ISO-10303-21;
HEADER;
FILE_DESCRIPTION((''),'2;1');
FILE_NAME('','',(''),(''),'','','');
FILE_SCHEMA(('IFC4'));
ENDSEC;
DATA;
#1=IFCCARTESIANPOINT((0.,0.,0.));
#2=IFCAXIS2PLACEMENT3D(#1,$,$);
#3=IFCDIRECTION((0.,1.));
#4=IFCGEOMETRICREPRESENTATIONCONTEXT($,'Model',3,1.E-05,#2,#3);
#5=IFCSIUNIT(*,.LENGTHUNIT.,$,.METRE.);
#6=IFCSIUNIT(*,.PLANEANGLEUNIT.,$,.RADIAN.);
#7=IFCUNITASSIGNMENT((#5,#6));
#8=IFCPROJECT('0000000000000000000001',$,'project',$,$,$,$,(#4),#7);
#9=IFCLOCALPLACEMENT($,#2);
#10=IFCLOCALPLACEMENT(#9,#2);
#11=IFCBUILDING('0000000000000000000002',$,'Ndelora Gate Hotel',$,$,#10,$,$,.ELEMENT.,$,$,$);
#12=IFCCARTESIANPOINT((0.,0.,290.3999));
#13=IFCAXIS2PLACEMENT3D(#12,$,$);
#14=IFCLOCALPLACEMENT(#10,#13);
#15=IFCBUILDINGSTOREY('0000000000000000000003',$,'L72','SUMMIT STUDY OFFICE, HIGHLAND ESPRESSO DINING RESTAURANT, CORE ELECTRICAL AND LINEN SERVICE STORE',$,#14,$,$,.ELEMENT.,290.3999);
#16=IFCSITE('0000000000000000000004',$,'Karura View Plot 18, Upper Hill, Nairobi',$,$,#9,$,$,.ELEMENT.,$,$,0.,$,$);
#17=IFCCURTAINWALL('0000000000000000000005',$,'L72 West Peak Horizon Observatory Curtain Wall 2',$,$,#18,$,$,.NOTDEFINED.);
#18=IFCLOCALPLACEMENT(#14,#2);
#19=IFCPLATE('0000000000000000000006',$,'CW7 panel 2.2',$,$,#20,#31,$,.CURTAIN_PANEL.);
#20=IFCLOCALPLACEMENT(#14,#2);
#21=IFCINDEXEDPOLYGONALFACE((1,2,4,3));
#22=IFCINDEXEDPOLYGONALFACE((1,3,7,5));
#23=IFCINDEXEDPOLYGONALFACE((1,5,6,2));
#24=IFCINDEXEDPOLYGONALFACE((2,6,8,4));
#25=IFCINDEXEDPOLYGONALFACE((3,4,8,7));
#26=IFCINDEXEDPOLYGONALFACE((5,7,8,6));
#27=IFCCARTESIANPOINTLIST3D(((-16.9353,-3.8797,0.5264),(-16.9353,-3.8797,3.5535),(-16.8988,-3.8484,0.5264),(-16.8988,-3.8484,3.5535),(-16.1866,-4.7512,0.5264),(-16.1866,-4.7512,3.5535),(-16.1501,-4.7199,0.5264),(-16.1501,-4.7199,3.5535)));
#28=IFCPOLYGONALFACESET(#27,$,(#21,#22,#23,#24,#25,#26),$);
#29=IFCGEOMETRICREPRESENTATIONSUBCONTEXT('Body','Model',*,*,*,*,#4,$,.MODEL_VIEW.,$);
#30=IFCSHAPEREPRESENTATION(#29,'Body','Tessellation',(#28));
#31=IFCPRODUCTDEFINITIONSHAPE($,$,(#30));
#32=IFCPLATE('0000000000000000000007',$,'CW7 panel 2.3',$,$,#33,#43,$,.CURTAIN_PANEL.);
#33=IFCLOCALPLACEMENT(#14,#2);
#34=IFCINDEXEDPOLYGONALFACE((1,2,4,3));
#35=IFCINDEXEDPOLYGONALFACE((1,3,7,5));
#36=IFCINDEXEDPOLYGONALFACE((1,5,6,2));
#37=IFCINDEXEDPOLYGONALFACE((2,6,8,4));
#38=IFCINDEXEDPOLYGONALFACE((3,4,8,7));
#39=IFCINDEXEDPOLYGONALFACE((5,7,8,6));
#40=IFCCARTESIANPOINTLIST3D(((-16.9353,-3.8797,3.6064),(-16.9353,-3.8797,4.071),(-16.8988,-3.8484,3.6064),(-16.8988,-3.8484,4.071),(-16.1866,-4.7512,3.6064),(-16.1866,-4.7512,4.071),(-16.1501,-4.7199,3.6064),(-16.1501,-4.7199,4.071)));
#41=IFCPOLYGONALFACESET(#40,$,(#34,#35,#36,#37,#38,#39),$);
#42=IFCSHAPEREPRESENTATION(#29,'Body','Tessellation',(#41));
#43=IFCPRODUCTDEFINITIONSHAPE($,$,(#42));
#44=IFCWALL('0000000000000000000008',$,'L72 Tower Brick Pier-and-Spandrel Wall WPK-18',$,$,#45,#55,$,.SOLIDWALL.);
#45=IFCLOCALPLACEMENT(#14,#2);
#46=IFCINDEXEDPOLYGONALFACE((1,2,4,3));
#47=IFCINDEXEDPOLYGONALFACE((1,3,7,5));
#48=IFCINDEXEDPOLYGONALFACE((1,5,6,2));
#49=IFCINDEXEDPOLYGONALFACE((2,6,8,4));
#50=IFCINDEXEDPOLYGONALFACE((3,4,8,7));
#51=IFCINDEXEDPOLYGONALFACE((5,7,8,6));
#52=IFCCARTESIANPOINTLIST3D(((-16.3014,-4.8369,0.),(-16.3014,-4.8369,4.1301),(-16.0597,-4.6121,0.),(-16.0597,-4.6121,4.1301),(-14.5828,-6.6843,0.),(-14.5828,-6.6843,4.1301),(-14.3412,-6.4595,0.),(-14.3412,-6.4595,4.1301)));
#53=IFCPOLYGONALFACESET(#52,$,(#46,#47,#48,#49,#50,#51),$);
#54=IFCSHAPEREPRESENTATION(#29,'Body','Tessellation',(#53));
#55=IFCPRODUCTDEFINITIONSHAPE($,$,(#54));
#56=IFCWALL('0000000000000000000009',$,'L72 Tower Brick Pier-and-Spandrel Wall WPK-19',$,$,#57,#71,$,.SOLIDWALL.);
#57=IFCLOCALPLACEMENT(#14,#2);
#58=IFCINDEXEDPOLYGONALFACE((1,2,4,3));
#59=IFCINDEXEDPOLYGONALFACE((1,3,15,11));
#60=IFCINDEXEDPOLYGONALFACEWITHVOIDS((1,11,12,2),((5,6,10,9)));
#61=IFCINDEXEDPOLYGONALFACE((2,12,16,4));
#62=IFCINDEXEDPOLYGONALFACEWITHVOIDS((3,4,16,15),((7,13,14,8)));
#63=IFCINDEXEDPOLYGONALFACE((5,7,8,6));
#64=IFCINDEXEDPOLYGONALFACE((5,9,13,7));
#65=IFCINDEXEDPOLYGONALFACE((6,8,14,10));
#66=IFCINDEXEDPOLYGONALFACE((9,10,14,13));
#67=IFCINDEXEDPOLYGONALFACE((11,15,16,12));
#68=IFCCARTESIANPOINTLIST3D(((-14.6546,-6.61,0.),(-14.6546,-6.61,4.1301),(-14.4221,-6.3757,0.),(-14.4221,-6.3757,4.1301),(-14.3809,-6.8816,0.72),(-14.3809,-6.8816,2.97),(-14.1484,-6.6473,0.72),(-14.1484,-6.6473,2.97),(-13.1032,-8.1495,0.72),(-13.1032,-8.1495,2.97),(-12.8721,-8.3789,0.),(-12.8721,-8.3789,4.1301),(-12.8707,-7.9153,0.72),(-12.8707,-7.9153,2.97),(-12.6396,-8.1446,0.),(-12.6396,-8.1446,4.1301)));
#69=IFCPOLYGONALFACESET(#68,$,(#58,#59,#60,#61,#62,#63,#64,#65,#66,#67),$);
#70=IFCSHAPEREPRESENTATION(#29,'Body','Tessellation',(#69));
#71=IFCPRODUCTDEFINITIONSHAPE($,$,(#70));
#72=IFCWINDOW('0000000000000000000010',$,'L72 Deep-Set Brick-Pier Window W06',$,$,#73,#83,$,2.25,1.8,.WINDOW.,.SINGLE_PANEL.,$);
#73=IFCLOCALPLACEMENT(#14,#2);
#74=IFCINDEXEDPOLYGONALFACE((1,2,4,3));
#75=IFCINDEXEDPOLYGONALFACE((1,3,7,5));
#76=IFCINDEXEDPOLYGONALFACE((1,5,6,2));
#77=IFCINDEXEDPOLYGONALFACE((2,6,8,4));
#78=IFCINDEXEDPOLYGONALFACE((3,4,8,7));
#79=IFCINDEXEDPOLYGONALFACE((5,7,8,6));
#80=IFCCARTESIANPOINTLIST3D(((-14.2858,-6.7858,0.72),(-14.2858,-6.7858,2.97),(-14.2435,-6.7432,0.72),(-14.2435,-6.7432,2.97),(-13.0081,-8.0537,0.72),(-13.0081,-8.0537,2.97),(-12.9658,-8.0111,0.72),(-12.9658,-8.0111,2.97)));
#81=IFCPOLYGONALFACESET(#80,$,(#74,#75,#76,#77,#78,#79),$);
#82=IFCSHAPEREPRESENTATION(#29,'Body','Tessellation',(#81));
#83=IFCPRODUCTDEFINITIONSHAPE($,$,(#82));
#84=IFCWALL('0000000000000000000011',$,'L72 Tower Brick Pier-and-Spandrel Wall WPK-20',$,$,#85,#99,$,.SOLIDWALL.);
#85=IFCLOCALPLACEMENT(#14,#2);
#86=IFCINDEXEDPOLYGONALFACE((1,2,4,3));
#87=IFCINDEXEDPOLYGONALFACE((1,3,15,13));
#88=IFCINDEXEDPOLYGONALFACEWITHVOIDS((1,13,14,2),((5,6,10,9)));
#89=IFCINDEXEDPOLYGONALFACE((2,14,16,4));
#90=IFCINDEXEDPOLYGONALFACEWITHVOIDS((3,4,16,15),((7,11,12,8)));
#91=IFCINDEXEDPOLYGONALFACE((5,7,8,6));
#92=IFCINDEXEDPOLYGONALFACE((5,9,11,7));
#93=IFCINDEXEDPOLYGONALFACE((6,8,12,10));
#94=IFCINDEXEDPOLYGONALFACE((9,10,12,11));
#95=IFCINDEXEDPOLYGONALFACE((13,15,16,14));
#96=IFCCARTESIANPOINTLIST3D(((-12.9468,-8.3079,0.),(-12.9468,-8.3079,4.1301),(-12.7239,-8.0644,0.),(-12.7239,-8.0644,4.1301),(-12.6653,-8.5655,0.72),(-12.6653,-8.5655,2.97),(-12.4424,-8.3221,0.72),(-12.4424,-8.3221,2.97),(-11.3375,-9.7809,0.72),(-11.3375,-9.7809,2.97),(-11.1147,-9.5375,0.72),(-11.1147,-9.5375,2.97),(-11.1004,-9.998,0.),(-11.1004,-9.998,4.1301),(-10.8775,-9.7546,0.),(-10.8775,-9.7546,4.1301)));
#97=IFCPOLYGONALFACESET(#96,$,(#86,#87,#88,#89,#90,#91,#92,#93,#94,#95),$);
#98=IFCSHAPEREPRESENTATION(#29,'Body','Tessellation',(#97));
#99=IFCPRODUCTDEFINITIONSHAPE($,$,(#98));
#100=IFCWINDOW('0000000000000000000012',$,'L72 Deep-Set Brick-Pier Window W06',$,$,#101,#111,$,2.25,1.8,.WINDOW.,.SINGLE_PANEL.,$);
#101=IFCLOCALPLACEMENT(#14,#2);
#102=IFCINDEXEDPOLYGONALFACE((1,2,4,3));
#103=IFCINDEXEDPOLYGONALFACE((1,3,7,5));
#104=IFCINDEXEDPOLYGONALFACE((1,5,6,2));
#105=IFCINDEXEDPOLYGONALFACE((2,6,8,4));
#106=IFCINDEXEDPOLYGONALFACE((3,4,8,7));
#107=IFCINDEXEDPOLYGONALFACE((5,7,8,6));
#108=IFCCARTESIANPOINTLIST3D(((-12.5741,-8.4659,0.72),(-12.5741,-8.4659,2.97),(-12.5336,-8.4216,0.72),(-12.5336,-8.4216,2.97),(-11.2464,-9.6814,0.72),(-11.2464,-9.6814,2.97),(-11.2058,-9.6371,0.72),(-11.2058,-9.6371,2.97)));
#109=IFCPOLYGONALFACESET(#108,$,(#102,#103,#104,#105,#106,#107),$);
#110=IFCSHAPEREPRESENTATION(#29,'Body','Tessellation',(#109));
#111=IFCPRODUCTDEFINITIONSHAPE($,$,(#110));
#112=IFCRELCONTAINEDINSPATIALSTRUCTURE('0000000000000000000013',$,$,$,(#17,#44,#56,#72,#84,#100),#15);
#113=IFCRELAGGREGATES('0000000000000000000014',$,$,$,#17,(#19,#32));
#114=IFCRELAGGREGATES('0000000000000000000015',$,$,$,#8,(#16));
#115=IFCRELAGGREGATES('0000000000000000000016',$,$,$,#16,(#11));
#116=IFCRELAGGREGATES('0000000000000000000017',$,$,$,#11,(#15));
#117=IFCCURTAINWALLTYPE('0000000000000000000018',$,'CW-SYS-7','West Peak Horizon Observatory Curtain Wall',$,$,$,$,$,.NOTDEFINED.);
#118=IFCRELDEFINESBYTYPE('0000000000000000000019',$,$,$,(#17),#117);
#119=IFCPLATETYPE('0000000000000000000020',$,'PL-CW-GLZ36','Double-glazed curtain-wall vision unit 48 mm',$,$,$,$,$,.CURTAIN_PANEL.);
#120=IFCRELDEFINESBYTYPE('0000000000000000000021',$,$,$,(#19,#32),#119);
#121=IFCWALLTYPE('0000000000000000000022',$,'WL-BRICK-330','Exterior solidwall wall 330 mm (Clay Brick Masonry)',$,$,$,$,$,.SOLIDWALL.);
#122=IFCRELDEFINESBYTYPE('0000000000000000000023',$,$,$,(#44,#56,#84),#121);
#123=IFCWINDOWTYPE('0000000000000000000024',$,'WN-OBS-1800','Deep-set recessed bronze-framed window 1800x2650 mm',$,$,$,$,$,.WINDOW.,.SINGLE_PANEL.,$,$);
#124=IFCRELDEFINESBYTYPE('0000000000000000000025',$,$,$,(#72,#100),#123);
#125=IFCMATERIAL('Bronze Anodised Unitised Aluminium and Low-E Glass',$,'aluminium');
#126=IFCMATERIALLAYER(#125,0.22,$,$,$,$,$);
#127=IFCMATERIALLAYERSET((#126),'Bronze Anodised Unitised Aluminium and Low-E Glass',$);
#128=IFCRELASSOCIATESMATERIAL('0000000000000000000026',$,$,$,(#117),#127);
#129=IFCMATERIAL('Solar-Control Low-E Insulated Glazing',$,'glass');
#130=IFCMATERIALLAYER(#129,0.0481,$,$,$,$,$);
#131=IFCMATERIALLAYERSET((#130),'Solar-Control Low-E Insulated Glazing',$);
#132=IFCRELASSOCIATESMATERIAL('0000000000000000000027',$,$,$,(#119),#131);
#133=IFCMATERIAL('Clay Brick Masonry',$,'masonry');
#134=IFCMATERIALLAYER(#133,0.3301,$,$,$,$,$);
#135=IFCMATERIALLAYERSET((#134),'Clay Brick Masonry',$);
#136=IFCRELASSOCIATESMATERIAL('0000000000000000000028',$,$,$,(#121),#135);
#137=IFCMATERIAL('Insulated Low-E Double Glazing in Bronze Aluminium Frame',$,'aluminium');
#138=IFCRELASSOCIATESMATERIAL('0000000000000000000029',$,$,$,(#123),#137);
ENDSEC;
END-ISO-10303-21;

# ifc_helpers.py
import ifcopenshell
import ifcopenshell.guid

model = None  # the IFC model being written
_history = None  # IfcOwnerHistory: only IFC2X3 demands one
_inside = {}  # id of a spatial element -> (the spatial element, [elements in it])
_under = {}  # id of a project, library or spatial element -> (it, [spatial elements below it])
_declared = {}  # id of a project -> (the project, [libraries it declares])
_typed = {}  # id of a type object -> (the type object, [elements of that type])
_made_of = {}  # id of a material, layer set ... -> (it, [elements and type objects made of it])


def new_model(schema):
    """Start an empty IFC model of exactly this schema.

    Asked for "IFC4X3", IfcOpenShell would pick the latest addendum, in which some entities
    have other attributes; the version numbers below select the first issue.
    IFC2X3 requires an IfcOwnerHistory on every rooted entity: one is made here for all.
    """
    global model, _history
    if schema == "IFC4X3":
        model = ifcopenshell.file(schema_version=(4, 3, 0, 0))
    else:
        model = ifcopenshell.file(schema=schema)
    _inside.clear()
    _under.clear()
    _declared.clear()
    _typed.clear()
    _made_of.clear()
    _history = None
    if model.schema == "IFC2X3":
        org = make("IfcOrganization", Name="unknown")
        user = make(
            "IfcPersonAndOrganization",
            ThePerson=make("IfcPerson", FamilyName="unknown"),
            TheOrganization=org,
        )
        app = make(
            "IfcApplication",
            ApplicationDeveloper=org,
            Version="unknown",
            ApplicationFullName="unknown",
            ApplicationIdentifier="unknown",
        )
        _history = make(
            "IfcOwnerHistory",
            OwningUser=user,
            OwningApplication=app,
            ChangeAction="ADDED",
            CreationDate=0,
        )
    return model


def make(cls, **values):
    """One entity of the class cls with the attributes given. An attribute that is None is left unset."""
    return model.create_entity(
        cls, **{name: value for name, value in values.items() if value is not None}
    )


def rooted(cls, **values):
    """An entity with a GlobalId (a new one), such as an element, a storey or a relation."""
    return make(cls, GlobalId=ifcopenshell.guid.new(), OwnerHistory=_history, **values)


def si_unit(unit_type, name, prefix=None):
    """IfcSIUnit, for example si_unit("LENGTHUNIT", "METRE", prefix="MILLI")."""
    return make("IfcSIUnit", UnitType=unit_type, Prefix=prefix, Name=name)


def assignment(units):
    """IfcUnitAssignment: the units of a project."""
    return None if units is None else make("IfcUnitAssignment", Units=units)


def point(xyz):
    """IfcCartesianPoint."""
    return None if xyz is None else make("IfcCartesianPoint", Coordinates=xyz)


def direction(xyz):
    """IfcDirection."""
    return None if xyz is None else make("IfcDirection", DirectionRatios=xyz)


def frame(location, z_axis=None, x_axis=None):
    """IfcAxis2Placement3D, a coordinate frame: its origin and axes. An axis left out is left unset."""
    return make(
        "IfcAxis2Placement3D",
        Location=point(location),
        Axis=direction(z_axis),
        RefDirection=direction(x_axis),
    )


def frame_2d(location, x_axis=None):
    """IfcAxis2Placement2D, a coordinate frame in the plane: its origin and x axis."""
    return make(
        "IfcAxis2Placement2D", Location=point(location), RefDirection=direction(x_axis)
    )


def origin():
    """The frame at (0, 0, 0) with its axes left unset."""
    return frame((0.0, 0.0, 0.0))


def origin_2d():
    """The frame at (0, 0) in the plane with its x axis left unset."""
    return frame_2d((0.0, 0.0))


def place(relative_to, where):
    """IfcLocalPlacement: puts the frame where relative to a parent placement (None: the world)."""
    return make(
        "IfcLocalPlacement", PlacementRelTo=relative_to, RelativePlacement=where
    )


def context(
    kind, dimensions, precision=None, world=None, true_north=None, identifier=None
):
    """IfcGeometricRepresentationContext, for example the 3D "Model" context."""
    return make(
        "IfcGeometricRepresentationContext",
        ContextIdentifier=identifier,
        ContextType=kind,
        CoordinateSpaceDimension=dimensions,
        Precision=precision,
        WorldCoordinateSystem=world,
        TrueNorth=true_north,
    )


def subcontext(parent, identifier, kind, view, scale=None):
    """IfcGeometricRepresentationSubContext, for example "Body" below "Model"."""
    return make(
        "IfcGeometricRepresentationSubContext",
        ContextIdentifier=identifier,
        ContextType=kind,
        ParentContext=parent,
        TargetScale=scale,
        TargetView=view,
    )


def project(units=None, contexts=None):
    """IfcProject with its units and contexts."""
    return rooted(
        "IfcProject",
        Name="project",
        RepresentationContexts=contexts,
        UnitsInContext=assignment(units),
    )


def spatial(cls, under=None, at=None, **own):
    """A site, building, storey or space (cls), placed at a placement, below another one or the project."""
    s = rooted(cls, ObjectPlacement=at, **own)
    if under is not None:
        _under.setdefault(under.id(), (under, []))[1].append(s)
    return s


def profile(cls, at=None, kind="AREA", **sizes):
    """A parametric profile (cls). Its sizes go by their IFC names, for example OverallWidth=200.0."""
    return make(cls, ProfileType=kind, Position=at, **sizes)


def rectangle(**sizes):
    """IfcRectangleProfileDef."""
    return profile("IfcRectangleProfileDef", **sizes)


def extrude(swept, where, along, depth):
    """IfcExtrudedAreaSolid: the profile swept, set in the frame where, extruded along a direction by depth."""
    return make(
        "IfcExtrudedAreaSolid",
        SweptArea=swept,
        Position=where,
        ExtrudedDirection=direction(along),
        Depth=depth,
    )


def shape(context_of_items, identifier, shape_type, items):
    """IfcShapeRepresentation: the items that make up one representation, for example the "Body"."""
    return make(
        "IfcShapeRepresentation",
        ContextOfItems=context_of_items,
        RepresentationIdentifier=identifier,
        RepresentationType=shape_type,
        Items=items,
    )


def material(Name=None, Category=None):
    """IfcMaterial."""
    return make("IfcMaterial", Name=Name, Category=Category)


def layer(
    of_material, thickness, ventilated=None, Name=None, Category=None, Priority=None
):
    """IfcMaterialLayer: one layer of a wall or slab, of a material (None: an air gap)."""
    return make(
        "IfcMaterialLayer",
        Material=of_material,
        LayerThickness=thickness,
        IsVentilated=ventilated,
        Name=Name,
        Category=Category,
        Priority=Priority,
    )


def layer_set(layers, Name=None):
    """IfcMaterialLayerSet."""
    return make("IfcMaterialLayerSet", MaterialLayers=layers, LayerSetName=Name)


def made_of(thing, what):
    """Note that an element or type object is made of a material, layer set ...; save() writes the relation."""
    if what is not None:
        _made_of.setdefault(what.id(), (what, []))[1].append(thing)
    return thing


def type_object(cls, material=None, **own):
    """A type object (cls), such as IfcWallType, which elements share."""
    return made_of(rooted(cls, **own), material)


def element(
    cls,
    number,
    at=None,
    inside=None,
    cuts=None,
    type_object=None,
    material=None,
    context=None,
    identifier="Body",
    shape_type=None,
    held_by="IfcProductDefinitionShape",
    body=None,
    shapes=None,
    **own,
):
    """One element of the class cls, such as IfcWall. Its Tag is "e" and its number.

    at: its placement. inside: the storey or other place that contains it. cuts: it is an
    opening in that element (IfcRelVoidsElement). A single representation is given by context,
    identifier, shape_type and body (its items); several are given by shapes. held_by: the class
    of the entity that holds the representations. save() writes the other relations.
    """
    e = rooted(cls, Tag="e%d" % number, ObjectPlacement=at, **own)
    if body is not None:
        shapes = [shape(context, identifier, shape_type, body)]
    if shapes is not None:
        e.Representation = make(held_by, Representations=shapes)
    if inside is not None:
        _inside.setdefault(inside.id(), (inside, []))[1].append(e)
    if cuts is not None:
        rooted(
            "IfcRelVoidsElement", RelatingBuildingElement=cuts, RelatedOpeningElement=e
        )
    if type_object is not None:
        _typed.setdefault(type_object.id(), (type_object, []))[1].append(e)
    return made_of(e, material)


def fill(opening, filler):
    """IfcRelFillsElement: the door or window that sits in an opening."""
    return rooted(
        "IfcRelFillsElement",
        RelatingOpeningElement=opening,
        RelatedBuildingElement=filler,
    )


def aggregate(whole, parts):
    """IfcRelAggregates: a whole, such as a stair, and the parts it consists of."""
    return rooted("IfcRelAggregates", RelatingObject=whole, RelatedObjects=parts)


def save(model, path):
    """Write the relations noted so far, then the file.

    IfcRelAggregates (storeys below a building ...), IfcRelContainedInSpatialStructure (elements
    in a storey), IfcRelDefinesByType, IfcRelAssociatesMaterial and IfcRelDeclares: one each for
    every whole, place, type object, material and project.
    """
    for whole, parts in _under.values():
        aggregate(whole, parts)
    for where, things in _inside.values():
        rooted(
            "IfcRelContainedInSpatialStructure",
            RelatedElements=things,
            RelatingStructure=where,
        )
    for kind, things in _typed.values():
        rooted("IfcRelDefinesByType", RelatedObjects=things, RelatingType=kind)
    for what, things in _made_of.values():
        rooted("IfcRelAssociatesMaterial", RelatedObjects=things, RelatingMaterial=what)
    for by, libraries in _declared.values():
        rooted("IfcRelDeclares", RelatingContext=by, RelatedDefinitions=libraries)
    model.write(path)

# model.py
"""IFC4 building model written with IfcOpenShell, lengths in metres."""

from ifc_helpers import new_model, si_unit, direction, frame, frame_2d, origin, origin_2d, place, context, subcontext, project, spatial, rectangle, extrude, material, layer, layer_set, type_object, element, fill, aggregate, save


model = new_model("IFC4")

# Units and contexts
model_context = context("Model", 3, precision=1e-05, world=origin(), true_north=direction((0.0, 1.0)))
body_context = subcontext(model_context, "Body", "Model", "MODEL_VIEW")
ifc_project = project(units=[si_unit("LENGTHUNIT", "METRE"), si_unit("PLANEANGLEUNIT", "RADIAN")], contexts=[model_context])

# Site, building, storey
site_placement = place(None, origin())
site = spatial("IfcSite", under=ifc_project, at=site_placement, Name="Karura View Plot 18, Upper Hill, Nairobi", CompositionType="ELEMENT", RefElevation=0.0)
building_placement = place(site_placement, origin())
building = spatial("IfcBuilding", under=site, at=building_placement, Name="Ndelora Gate Hotel", CompositionType="ELEMENT")
storey_placement = place(building_placement, frame((0.0, 0.0, 290.3999)))
storey = spatial("IfcBuildingStorey", under=building, at=storey_placement, Name="L72", Description="SUMMIT STUDY OFFICE, HIGHLAND ESPRESSO DINING RESTAURANT, CORE ELECTRICAL AND LINEN SERVICE STORE", CompositionType="ELEMENT", Elevation=290.3999)

# Curtain wall, plates
ifc_material_1 = material(Name="Bronze Anodised Unitised Aluminium and Low-E Glass", Category="aluminium")
ifc_layer_1 = layer(ifc_material_1, 0.22)
ifc_layer_set_1 = layer_set([ifc_layer_1], Name="Bronze Anodised Unitised Aluminium and Low-E Glass")
curtain_wall_type = type_object("IfcCurtainWallType", Name="CW-SYS-7", Description="West Peak Horizon Observatory Curtain Wall", PredefinedType="NOTDEFINED", material=ifc_layer_set_1)
curtain_wall_placement = place(storey_placement, origin())
curtain_wall = element("IfcCurtainWall", 1, at=curtain_wall_placement, inside=storey, type_object=curtain_wall_type, Name="L72 West Peak Horizon Observatory Curtain Wall 2", PredefinedType="NOTDEFINED")
ifc_material_2 = material(Name="Solar-Control Low-E Insulated Glazing", Category="glass")
ifc_layer_2 = layer(ifc_material_2, 0.0481)
ifc_layer_set_2 = layer_set([ifc_layer_2], Name="Solar-Control Low-E Insulated Glazing")
plate_type = type_object("IfcPlateType", Name="PL-CW-GLZ36", Description="Double-glazed curtain-wall vision unit 48 mm", PredefinedType="CURTAIN_PANEL", material=ifc_layer_set_2)
plate_1_placement = place(storey_placement, frame((-16.5427, -4.2998, 0.5264), z_axis=(0.0, 0.0, 1.0), x_axis=(0.651638, -0.75853, 0.0)))
plate_1 = element("IfcPlate", 2, at=plate_1_placement, type_object=plate_type, Name="CW7 panel 2.2", PredefinedType="CURTAIN_PANEL", context=body_context, shape_type="SweptSolid", body=[
    extrude(rectangle(XDim=1.1489, YDim=0.0481, at=origin_2d()), origin(), (0.0, 0.0, 1.0), 3.0271),
])
plate_2_placement = place(storey_placement, frame((-16.5427, -4.2998, 3.6064), z_axis=(0.0, 0.0, 1.0), x_axis=(0.651638, -0.75853, 0.0)))
plate_2 = element("IfcPlate", 3, at=plate_2_placement, type_object=plate_type, Name="CW7 panel 2.3", PredefinedType="CURTAIN_PANEL", context=body_context, shape_type="SweptSolid", body=[
    extrude(rectangle(XDim=1.1489, YDim=0.0481, at=origin_2d()), origin(), (0.0, 0.0, 1.0), 0.4646),
])
aggregate(curtain_wall, [plate_1, plate_2])

# Wall
ifc_material_3 = material(Name="Clay Brick Masonry", Category="masonry")
ifc_layer_3 = layer(ifc_material_3, 0.3301)
ifc_layer_set_3 = layer_set([ifc_layer_3], Name="Clay Brick Masonry")
wall_type_1 = type_object("IfcWallType", Name="WL-BRICK-330", Description="Exterior solidwall wall 330 mm (Clay Brick Masonry)", PredefinedType="SOLIDWALL", material=ifc_layer_set_3)
wall_1_placement = place(storey_placement, frame((-14.4619, -6.572, 0.0), z_axis=(0.0, 0.0, 1.0), x_axis=(-0.6811, 0.73219, 0.0)))
element("IfcWall", 4, at=wall_1_placement, inside=storey, type_object=wall_type_1, Name="L72 Tower Brick Pier-and-Spandrel Wall WPK-18", PredefinedType="SOLIDWALL", context=body_context, shape_type="SweptSolid", body=[
    extrude(rectangle(XDim=2.5232, YDim=0.3301, at=frame_2d((1.2617, 0.0))), origin(), (0.0, 0.0, 1.0), 4.1301),
])

# Walls, openings, windows
wall_2_placement = place(storey_placement, frame((-12.7559, -8.2617, 0.0), z_axis=(0.0, 0.0, 1.0), x_axis=(-0.709824, 0.704379, 0.0)))
wall_2 = element("IfcWall", 5, at=wall_2_placement, inside=storey, type_object=wall_type_1, Name="L72 Tower Brick Pier-and-Spandrel Wall WPK-19", PredefinedType="SOLIDWALL", context=body_context, shape_type="SweptSolid", body=[
    extrude(rectangle(XDim=2.5112, YDim=0.3301, at=frame_2d((1.2556, 0.0))), origin(), (0.0, 0.0, 1.0), 4.1301),
])
opening_1_placement = place(wall_2_placement, frame((0.3257, 0.0, 0.72)))
opening_1 = element("IfcOpeningElement", 6, at=opening_1_placement, cuts=wall_2, PredefinedType="OPENING", context=body_context, shape_type="SweptSolid", body=[
    extrude(rectangle(XDim=1.8, YDim=2.25, at=frame_2d((0.8999, 1.125))), frame((0.0, 0.175, 0.0), z_axis=(0.0, -1.0, 0.0), x_axis=(1.0, 0.0, 0.0)), (0.0, 0.0, 1.0), 0.3501),
])
ifc_material_4 = material(Name="Insulated Low-E Double Glazing in Bronze Aluminium Frame", Category="aluminium")
window_type = type_object("IfcWindowType", Name="WN-OBS-1800", Description="Deep-set recessed bronze-framed window 1800x2650 mm", PartitioningType="SINGLE_PANEL", PredefinedType="WINDOW", material=ifc_material_4)
window_1_placement = place(opening_1_placement, origin())
window_1 = element("IfcWindow", 7, at=window_1_placement, inside=storey, type_object=window_type, Name="L72 Deep-Set Brick-Pier Window W06", OverallHeight=2.25, OverallWidth=1.8, PartitioningType="SINGLE_PANEL", PredefinedType="WINDOW", context=body_context, shape_type="SweptSolid", body=[
    extrude(rectangle(XDim=1.8, YDim=2.25, at=frame_2d((0.8999, 1.125))), frame((0.0, 0.03, 0.0), z_axis=(0.0, -1.0, 0.0), x_axis=(1.0, 0.0, 0.0)), (0.0, 0.0, 1.0), 0.0601),
])
fill(opening_1, window_1)
wall_3_placement = place(storey_placement, frame((-10.989, -9.8762, 0.0), z_axis=(0.0, 0.0, 1.0), x_axis=(-0.737628, 0.675208, 0.0)))
wall_3 = element("IfcWall", 8, at=wall_3_placement, inside=storey, type_object=wall_type_1, Name="L72 Tower Brick Pier-and-Spandrel Wall WPK-20", PredefinedType="SOLIDWALL", context=body_context, shape_type="SweptSolid", body=[
    extrude(rectangle(XDim=2.5032, YDim=0.3301, at=frame_2d((1.2515, 0.0))), origin(), (0.0, 0.0, 1.0), 4.1301),
])
opening_2_placement = place(wall_3_placement, frame((0.3215, 0.0, 0.72)))
opening_2 = element("IfcOpeningElement", 9, at=opening_2_placement, cuts=wall_3, PredefinedType="OPENING", context=body_context, shape_type="SweptSolid", body=[
    extrude(rectangle(XDim=1.8, YDim=2.25, at=frame_2d((0.8999, 1.125))), frame((0.0, 0.175, 0.0), z_axis=(0.0, -1.0, 0.0), x_axis=(1.0, 0.0, 0.0)), (0.0, 0.0, 1.0), 0.3501),
])
window_2_placement = place(opening_2_placement, origin())
window_2 = element("IfcWindow", 10, at=window_2_placement, inside=storey, type_object=window_type, Name="L72 Deep-Set Brick-Pier Window W06", OverallHeight=2.25, OverallWidth=1.8, PartitioningType="SINGLE_PANEL", PredefinedType="WINDOW", context=body_context, shape_type="SweptSolid", body=[
    extrude(rectangle(XDim=1.8, YDim=2.25, at=frame_2d((0.8999, 1.125))), frame((0.0, 0.03, 0.0), z_axis=(0.0, -1.0, 0.0), x_axis=(1.0, 0.0, 0.0)), (0.0, 0.0, 1.0), 0.0601),
])
fill(opening_2, window_2)

save(model, "model.ifc")
